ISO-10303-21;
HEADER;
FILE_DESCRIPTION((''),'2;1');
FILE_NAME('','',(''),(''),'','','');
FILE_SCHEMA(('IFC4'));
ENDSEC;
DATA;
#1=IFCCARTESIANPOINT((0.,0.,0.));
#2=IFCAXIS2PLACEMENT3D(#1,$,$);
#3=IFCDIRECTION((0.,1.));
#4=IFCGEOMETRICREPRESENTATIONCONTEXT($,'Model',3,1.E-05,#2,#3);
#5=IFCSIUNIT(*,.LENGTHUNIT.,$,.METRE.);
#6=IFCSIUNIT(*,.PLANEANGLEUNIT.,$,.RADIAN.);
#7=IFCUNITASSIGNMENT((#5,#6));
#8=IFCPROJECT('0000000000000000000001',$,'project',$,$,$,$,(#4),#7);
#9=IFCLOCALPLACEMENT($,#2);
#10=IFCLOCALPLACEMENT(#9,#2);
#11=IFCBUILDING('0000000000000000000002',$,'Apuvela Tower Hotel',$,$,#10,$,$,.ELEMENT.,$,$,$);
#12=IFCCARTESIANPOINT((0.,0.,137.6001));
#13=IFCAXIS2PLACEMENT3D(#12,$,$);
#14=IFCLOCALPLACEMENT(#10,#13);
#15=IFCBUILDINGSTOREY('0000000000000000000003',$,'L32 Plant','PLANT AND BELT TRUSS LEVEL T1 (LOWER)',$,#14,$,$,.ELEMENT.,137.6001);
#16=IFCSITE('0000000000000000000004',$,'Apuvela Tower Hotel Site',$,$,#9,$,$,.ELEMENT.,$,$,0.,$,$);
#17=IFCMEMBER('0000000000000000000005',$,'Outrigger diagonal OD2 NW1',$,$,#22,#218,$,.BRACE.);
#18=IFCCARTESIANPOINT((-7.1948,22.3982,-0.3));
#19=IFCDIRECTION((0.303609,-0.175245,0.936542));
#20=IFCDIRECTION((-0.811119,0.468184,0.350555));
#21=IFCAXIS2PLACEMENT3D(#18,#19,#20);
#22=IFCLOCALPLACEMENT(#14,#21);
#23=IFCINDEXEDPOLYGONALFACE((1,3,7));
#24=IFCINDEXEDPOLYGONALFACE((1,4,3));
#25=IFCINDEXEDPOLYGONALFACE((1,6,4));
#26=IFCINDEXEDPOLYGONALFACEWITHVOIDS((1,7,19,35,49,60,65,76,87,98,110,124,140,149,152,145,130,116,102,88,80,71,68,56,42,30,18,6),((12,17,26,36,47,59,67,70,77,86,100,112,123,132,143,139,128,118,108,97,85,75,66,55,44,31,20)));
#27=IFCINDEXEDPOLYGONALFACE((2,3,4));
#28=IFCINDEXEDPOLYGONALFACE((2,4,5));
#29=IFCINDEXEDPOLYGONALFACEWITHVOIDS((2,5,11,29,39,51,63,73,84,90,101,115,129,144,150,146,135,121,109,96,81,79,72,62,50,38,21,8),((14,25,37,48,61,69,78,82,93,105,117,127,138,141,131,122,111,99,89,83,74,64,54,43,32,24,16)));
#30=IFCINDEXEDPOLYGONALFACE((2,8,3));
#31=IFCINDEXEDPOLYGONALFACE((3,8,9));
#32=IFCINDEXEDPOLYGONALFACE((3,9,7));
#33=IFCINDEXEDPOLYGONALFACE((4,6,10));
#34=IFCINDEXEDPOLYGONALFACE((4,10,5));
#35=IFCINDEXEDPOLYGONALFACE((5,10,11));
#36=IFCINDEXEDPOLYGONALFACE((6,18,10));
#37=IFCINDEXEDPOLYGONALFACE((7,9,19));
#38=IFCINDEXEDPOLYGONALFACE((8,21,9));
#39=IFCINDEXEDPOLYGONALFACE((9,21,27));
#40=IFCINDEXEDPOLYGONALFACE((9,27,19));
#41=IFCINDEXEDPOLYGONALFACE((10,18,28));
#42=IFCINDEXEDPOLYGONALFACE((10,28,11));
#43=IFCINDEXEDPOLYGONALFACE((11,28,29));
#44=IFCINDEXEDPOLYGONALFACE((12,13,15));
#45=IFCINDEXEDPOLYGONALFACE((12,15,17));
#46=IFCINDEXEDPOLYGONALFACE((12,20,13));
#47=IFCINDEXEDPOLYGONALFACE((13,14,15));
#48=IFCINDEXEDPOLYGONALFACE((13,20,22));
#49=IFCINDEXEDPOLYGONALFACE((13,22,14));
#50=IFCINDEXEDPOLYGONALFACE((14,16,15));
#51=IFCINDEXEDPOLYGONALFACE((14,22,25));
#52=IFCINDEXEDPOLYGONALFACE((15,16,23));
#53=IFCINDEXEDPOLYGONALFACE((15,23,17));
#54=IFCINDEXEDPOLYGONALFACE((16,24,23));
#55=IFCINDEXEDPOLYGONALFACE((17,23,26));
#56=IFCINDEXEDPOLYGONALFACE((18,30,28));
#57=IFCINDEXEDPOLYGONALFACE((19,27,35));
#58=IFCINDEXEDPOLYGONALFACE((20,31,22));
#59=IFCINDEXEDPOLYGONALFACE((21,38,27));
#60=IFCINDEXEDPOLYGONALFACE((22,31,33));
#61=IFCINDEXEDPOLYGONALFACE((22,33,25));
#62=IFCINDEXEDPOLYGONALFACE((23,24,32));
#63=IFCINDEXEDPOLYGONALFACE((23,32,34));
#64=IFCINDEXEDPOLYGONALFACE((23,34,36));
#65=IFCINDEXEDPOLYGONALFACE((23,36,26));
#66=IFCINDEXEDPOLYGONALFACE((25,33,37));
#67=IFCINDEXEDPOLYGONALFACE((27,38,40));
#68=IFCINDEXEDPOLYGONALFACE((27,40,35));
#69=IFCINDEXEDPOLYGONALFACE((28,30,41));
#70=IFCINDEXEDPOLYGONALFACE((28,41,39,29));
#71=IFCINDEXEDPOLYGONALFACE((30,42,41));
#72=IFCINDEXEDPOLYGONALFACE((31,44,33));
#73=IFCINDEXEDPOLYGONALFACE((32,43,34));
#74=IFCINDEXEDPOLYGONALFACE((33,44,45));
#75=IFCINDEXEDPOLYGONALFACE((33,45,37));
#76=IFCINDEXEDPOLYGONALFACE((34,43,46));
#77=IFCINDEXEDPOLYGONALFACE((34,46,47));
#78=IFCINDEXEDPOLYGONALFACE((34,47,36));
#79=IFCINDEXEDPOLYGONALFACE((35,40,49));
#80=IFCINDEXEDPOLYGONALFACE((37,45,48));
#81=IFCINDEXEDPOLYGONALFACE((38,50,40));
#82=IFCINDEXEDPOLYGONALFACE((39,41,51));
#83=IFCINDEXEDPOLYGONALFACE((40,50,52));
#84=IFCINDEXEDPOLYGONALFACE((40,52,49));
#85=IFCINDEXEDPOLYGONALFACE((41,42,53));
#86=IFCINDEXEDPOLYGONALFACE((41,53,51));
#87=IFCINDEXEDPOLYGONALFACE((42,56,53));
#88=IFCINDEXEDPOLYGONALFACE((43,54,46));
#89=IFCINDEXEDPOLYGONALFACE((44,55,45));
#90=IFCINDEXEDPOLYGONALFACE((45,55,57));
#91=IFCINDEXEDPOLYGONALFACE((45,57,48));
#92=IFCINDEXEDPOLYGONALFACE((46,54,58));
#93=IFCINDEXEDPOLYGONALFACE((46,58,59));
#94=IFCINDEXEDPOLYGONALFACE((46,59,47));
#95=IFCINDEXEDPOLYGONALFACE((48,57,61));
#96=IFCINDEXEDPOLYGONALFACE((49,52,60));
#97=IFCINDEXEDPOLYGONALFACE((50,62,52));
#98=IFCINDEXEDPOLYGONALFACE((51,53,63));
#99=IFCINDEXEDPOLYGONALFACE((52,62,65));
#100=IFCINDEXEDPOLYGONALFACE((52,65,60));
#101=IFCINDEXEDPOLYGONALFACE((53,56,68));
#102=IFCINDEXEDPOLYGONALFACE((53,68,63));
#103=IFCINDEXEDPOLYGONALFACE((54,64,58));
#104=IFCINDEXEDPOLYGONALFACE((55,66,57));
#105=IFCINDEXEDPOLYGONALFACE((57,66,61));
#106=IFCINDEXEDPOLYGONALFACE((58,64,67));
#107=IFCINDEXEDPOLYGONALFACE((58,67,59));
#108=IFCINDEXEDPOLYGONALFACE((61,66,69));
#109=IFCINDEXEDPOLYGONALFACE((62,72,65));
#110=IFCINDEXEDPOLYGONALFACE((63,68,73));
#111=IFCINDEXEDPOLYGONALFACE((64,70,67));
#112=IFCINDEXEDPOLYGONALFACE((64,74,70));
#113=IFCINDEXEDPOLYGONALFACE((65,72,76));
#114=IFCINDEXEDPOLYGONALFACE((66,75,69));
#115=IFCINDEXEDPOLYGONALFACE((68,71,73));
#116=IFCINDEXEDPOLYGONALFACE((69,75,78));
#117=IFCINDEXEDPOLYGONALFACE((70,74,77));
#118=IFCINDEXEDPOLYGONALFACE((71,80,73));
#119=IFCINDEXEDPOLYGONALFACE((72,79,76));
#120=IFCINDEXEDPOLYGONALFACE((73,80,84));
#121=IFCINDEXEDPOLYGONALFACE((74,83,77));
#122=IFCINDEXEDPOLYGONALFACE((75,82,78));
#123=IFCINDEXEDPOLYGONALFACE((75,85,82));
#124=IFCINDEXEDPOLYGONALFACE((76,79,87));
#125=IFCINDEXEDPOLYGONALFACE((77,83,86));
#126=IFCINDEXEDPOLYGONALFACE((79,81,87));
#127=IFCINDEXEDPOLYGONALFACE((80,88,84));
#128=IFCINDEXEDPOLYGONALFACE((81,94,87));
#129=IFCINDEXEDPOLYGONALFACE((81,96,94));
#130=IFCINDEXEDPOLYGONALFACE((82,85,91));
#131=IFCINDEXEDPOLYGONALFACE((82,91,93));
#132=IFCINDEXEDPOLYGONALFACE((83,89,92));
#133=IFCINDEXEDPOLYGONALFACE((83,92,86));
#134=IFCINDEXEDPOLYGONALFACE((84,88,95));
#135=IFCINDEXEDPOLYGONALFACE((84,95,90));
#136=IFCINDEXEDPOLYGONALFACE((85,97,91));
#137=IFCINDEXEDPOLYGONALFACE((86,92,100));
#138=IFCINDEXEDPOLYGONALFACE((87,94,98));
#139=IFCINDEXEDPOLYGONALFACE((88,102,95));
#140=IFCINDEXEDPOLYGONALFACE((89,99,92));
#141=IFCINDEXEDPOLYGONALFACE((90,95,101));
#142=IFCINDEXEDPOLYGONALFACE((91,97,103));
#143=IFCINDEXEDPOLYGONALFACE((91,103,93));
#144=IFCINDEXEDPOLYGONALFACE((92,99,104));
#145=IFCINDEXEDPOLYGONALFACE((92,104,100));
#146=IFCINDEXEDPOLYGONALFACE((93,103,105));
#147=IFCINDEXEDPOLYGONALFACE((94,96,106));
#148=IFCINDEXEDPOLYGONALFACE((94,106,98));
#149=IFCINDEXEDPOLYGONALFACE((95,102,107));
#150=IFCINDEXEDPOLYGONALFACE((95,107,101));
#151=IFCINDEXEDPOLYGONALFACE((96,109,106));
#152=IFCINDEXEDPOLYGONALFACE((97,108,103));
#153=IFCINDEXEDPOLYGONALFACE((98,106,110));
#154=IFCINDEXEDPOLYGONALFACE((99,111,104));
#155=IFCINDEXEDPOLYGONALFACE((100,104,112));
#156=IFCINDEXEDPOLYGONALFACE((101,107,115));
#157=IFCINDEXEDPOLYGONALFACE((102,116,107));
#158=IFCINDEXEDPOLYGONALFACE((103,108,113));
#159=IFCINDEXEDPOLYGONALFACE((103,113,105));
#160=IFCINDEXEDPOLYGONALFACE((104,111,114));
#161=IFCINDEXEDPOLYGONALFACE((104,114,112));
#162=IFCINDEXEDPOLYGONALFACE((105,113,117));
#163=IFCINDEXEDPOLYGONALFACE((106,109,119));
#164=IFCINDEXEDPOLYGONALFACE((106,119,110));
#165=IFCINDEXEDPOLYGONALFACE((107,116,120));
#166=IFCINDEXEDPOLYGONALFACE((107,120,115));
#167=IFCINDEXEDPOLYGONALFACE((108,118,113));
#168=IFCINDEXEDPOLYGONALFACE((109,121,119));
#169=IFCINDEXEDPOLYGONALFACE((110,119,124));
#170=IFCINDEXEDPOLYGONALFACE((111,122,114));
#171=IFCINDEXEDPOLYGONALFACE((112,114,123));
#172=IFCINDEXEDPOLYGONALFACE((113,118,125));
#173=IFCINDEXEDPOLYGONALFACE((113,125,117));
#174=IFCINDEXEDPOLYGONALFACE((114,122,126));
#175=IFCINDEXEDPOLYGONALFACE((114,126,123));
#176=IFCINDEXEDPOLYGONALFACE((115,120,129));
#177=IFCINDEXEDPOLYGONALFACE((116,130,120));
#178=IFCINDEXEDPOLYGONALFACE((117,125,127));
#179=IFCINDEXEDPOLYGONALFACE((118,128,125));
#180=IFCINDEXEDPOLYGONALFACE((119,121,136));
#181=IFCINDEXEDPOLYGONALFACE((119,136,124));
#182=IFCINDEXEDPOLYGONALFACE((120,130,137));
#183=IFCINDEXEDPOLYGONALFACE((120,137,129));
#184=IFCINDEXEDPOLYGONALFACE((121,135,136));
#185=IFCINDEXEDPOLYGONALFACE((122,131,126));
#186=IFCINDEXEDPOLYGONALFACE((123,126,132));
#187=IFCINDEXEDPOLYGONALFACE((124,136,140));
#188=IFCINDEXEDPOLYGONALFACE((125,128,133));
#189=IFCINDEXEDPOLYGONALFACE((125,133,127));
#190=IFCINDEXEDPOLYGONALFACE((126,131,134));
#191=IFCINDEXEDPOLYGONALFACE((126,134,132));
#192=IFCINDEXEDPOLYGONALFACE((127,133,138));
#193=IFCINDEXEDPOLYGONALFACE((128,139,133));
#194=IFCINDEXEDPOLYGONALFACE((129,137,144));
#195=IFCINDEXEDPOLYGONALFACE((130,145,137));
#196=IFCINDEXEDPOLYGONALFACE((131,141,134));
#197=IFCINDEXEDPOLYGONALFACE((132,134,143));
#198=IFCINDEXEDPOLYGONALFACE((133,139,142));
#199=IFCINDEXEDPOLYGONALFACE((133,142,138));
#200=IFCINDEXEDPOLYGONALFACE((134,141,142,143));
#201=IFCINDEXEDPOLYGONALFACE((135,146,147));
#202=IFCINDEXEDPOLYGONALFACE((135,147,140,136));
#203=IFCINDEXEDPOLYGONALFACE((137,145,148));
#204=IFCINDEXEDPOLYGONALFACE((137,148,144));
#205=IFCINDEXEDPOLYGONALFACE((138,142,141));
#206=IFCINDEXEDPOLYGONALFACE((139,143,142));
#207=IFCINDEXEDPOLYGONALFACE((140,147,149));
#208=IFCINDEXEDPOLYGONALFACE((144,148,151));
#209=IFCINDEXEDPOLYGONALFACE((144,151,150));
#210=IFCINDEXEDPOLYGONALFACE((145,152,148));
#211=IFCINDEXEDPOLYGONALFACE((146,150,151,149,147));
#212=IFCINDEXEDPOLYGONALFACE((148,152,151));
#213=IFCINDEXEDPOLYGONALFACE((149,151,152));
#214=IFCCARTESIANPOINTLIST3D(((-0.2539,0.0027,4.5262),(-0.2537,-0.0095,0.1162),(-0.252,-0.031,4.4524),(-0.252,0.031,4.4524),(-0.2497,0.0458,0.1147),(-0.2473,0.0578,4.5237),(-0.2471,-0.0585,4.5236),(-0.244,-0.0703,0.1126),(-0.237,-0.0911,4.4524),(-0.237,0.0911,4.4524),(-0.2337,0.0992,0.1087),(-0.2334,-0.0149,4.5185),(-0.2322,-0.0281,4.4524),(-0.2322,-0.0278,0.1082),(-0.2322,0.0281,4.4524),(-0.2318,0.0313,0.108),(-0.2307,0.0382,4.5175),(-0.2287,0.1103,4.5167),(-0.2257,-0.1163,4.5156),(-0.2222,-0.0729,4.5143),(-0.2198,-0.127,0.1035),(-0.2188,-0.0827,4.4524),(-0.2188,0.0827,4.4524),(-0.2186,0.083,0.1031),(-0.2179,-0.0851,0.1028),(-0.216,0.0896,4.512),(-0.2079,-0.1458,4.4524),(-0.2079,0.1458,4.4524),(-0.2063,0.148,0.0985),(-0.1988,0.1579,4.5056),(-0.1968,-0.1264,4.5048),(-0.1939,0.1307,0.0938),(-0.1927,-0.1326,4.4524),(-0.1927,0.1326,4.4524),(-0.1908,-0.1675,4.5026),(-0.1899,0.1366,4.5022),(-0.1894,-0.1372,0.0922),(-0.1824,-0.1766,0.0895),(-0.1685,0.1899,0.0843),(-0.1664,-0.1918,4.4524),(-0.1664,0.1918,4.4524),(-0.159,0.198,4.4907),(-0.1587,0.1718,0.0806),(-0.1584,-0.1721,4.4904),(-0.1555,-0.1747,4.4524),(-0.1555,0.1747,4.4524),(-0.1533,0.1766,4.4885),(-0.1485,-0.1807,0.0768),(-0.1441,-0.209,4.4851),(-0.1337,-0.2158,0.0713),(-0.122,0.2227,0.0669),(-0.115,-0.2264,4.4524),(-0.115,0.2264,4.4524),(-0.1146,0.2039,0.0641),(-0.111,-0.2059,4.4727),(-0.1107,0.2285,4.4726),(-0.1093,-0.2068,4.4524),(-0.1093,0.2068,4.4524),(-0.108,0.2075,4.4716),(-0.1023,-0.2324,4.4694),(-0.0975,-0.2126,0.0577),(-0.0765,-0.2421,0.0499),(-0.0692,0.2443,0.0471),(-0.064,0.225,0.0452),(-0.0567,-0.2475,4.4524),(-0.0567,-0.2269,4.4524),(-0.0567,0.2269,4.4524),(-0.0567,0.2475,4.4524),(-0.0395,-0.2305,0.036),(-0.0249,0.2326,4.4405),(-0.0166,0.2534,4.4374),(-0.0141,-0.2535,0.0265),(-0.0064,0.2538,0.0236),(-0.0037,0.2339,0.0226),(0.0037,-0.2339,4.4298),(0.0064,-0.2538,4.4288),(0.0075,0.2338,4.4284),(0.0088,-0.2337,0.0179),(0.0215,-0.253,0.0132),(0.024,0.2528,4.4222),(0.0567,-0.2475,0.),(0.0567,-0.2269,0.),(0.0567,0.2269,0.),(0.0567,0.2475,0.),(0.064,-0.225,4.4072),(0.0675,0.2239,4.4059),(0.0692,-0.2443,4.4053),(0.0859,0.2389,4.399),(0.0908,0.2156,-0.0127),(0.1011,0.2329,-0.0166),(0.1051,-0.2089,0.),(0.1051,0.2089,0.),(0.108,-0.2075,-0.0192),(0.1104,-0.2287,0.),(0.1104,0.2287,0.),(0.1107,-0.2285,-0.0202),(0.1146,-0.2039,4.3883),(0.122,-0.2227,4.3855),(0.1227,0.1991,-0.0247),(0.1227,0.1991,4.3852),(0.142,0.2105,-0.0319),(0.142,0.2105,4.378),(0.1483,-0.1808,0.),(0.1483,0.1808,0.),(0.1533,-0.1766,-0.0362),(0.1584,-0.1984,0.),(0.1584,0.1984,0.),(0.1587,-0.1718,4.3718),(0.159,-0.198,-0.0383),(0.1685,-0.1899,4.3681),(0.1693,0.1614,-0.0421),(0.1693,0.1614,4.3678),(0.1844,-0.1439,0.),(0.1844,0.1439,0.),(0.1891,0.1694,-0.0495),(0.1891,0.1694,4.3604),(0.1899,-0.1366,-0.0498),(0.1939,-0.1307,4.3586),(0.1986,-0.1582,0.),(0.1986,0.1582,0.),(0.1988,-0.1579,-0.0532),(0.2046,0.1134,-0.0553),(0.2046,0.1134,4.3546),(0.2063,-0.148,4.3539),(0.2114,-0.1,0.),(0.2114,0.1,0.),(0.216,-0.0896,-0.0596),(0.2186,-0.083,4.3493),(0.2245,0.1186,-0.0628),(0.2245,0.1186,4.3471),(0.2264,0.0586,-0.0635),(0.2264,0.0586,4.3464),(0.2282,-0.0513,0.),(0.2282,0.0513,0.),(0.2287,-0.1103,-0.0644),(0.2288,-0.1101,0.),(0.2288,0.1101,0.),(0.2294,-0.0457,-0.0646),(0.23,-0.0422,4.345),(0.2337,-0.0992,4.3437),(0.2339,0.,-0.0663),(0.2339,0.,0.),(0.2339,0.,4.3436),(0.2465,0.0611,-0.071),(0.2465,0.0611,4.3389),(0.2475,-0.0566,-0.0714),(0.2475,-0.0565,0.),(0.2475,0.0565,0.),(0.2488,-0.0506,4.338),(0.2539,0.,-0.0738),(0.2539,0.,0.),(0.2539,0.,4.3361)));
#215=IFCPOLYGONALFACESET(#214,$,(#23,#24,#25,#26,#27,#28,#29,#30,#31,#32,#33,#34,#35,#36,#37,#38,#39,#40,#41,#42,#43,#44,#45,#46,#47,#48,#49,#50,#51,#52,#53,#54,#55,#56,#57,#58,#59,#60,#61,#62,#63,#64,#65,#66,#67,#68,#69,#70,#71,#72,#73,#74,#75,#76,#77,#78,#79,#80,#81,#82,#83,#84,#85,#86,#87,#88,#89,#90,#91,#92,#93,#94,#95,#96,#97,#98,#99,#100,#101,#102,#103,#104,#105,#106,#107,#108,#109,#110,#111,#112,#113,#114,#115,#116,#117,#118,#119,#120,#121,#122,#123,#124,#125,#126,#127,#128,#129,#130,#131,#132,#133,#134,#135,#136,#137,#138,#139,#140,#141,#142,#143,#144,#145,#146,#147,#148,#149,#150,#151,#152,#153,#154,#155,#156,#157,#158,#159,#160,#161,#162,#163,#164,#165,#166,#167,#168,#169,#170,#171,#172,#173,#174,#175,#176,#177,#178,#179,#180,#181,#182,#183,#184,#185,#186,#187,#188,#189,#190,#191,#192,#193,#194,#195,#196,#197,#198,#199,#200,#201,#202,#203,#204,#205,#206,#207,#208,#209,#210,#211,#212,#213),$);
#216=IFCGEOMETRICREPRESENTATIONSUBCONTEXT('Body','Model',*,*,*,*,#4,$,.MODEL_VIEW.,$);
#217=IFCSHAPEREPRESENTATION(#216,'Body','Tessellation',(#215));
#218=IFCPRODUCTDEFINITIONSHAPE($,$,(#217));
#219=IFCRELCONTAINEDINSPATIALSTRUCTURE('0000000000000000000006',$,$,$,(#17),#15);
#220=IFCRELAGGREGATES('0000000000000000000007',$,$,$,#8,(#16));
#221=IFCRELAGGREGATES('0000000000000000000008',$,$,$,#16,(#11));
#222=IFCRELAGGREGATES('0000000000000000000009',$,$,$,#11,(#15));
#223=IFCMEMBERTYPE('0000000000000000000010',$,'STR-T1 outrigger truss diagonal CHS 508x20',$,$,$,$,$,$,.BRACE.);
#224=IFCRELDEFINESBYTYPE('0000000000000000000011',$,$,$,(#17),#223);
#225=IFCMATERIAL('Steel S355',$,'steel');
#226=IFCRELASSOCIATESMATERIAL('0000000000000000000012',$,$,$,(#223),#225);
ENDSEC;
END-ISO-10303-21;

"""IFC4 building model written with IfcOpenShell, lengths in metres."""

from ifc_helpers import new_model, si_unit, direction, frame, origin, origin_2d, place, context, subcontext, project, spatial, hollow_circle, extrude, boolean, halfspace, material, material_profile, profile_set, type_object, element, save


model = new_model("IFC4")

# Units and contexts
model_context = context("Model", 3, precision=1e-05, world=origin(), true_north=direction((0.0, 1.0)))
body_context = subcontext(model_context, "Body", "Model", "MODEL_VIEW")
ifc_project = project(units=[si_unit("LENGTHUNIT", "METRE"), si_unit("PLANEANGLEUNIT", "RADIAN")], contexts=[model_context])

# Site, building, storey
site_placement = place(None, origin())
site = spatial("IfcSite", under=ifc_project, at=site_placement, Name="Apuvela Tower Hotel Site", CompositionType="ELEMENT", RefElevation=0.0)
building_placement = place(site_placement, origin())
building = spatial("IfcBuilding", under=site, at=building_placement, Name="Apuvela Tower Hotel", CompositionType="ELEMENT")
storey_placement = place(building_placement, frame((0.0, 0.0, 137.6001)))
storey = spatial("IfcBuildingStorey", under=building, at=storey_placement, Name="L32 Plant", Description="PLANT AND BELT TRUSS LEVEL T1 (LOWER)", CompositionType="ELEMENT", Elevation=137.6001)

# Member
ifc_material_1 = material(Name="Steel S355", Category="steel")
ifc_material_profile_1 = material_profile(ifc_material_1, hollow_circle(Radius=0.2539, WallThickness=0.02, at=origin_2d()), Name="CHS 508x20")
ifc_profile_set_1 = profile_set([ifc_material_profile_1], Name="Steel S355")
member_type_1 = type_object("IfcMemberType", Name="STR-T1 outrigger truss diagonal CHS 508x20", PredefinedType="BRACE", material=ifc_profile_set_1)
member_1_placement = place(storey_placement, frame((-7.1948, 22.3982, -0.3), z_axis=(0.303609, -0.175245, 0.936542), x_axis=(-0.811119, 0.468184, 0.350555)))
solid_1 = boolean("DIFFERENCE", boolean("DIFFERENCE", extrude(hollow_circle(Radius=0.2539, WallThickness=0.02, at=origin_2d()), frame((0.0, 0.0, -0.2151)), (0.0, 0.0, 1.0), 4.8826), halfspace(frame((0.0, 0.0, 0.0212), z_axis=(0.350555, 0.0, 0.936542), x_axis=(0.936542, 0.0, -0.350555)), True)), halfspace(frame((0.0, 0.0, 4.4312), z_axis=(0.350555, 0.0, 0.936542), x_axis=(0.936542, 0.0, -0.350555)), False))
element("IfcMember", 1, at=member_1_placement, inside=storey, type_object=member_type_1, Name="Outrigger diagonal OD2 NW1", PredefinedType="BRACE", context=body_context, shape_type="SweptSolid", body=[
    boolean("UNION", boolean("DIFFERENCE", boolean("DIFFERENCE", extrude(hollow_circle(Radius=0.2539, WallThickness=0.02, at=origin_2d()), origin(), (0.0, 0.0, 1.0), 4.4524), halfspace(frame((0.0, 0.0, 0.0212), z_axis=(0.350555, 0.0, 0.936542), x_axis=(0.936542, 0.0, -0.350555)), True)), halfspace(frame((0.0, 0.0, 4.4312), z_axis=(0.350555, 0.0, 0.936542), x_axis=(0.936542, 0.0, -0.350555)), False)), solid_1),
])

save(model, "model.ifc")
